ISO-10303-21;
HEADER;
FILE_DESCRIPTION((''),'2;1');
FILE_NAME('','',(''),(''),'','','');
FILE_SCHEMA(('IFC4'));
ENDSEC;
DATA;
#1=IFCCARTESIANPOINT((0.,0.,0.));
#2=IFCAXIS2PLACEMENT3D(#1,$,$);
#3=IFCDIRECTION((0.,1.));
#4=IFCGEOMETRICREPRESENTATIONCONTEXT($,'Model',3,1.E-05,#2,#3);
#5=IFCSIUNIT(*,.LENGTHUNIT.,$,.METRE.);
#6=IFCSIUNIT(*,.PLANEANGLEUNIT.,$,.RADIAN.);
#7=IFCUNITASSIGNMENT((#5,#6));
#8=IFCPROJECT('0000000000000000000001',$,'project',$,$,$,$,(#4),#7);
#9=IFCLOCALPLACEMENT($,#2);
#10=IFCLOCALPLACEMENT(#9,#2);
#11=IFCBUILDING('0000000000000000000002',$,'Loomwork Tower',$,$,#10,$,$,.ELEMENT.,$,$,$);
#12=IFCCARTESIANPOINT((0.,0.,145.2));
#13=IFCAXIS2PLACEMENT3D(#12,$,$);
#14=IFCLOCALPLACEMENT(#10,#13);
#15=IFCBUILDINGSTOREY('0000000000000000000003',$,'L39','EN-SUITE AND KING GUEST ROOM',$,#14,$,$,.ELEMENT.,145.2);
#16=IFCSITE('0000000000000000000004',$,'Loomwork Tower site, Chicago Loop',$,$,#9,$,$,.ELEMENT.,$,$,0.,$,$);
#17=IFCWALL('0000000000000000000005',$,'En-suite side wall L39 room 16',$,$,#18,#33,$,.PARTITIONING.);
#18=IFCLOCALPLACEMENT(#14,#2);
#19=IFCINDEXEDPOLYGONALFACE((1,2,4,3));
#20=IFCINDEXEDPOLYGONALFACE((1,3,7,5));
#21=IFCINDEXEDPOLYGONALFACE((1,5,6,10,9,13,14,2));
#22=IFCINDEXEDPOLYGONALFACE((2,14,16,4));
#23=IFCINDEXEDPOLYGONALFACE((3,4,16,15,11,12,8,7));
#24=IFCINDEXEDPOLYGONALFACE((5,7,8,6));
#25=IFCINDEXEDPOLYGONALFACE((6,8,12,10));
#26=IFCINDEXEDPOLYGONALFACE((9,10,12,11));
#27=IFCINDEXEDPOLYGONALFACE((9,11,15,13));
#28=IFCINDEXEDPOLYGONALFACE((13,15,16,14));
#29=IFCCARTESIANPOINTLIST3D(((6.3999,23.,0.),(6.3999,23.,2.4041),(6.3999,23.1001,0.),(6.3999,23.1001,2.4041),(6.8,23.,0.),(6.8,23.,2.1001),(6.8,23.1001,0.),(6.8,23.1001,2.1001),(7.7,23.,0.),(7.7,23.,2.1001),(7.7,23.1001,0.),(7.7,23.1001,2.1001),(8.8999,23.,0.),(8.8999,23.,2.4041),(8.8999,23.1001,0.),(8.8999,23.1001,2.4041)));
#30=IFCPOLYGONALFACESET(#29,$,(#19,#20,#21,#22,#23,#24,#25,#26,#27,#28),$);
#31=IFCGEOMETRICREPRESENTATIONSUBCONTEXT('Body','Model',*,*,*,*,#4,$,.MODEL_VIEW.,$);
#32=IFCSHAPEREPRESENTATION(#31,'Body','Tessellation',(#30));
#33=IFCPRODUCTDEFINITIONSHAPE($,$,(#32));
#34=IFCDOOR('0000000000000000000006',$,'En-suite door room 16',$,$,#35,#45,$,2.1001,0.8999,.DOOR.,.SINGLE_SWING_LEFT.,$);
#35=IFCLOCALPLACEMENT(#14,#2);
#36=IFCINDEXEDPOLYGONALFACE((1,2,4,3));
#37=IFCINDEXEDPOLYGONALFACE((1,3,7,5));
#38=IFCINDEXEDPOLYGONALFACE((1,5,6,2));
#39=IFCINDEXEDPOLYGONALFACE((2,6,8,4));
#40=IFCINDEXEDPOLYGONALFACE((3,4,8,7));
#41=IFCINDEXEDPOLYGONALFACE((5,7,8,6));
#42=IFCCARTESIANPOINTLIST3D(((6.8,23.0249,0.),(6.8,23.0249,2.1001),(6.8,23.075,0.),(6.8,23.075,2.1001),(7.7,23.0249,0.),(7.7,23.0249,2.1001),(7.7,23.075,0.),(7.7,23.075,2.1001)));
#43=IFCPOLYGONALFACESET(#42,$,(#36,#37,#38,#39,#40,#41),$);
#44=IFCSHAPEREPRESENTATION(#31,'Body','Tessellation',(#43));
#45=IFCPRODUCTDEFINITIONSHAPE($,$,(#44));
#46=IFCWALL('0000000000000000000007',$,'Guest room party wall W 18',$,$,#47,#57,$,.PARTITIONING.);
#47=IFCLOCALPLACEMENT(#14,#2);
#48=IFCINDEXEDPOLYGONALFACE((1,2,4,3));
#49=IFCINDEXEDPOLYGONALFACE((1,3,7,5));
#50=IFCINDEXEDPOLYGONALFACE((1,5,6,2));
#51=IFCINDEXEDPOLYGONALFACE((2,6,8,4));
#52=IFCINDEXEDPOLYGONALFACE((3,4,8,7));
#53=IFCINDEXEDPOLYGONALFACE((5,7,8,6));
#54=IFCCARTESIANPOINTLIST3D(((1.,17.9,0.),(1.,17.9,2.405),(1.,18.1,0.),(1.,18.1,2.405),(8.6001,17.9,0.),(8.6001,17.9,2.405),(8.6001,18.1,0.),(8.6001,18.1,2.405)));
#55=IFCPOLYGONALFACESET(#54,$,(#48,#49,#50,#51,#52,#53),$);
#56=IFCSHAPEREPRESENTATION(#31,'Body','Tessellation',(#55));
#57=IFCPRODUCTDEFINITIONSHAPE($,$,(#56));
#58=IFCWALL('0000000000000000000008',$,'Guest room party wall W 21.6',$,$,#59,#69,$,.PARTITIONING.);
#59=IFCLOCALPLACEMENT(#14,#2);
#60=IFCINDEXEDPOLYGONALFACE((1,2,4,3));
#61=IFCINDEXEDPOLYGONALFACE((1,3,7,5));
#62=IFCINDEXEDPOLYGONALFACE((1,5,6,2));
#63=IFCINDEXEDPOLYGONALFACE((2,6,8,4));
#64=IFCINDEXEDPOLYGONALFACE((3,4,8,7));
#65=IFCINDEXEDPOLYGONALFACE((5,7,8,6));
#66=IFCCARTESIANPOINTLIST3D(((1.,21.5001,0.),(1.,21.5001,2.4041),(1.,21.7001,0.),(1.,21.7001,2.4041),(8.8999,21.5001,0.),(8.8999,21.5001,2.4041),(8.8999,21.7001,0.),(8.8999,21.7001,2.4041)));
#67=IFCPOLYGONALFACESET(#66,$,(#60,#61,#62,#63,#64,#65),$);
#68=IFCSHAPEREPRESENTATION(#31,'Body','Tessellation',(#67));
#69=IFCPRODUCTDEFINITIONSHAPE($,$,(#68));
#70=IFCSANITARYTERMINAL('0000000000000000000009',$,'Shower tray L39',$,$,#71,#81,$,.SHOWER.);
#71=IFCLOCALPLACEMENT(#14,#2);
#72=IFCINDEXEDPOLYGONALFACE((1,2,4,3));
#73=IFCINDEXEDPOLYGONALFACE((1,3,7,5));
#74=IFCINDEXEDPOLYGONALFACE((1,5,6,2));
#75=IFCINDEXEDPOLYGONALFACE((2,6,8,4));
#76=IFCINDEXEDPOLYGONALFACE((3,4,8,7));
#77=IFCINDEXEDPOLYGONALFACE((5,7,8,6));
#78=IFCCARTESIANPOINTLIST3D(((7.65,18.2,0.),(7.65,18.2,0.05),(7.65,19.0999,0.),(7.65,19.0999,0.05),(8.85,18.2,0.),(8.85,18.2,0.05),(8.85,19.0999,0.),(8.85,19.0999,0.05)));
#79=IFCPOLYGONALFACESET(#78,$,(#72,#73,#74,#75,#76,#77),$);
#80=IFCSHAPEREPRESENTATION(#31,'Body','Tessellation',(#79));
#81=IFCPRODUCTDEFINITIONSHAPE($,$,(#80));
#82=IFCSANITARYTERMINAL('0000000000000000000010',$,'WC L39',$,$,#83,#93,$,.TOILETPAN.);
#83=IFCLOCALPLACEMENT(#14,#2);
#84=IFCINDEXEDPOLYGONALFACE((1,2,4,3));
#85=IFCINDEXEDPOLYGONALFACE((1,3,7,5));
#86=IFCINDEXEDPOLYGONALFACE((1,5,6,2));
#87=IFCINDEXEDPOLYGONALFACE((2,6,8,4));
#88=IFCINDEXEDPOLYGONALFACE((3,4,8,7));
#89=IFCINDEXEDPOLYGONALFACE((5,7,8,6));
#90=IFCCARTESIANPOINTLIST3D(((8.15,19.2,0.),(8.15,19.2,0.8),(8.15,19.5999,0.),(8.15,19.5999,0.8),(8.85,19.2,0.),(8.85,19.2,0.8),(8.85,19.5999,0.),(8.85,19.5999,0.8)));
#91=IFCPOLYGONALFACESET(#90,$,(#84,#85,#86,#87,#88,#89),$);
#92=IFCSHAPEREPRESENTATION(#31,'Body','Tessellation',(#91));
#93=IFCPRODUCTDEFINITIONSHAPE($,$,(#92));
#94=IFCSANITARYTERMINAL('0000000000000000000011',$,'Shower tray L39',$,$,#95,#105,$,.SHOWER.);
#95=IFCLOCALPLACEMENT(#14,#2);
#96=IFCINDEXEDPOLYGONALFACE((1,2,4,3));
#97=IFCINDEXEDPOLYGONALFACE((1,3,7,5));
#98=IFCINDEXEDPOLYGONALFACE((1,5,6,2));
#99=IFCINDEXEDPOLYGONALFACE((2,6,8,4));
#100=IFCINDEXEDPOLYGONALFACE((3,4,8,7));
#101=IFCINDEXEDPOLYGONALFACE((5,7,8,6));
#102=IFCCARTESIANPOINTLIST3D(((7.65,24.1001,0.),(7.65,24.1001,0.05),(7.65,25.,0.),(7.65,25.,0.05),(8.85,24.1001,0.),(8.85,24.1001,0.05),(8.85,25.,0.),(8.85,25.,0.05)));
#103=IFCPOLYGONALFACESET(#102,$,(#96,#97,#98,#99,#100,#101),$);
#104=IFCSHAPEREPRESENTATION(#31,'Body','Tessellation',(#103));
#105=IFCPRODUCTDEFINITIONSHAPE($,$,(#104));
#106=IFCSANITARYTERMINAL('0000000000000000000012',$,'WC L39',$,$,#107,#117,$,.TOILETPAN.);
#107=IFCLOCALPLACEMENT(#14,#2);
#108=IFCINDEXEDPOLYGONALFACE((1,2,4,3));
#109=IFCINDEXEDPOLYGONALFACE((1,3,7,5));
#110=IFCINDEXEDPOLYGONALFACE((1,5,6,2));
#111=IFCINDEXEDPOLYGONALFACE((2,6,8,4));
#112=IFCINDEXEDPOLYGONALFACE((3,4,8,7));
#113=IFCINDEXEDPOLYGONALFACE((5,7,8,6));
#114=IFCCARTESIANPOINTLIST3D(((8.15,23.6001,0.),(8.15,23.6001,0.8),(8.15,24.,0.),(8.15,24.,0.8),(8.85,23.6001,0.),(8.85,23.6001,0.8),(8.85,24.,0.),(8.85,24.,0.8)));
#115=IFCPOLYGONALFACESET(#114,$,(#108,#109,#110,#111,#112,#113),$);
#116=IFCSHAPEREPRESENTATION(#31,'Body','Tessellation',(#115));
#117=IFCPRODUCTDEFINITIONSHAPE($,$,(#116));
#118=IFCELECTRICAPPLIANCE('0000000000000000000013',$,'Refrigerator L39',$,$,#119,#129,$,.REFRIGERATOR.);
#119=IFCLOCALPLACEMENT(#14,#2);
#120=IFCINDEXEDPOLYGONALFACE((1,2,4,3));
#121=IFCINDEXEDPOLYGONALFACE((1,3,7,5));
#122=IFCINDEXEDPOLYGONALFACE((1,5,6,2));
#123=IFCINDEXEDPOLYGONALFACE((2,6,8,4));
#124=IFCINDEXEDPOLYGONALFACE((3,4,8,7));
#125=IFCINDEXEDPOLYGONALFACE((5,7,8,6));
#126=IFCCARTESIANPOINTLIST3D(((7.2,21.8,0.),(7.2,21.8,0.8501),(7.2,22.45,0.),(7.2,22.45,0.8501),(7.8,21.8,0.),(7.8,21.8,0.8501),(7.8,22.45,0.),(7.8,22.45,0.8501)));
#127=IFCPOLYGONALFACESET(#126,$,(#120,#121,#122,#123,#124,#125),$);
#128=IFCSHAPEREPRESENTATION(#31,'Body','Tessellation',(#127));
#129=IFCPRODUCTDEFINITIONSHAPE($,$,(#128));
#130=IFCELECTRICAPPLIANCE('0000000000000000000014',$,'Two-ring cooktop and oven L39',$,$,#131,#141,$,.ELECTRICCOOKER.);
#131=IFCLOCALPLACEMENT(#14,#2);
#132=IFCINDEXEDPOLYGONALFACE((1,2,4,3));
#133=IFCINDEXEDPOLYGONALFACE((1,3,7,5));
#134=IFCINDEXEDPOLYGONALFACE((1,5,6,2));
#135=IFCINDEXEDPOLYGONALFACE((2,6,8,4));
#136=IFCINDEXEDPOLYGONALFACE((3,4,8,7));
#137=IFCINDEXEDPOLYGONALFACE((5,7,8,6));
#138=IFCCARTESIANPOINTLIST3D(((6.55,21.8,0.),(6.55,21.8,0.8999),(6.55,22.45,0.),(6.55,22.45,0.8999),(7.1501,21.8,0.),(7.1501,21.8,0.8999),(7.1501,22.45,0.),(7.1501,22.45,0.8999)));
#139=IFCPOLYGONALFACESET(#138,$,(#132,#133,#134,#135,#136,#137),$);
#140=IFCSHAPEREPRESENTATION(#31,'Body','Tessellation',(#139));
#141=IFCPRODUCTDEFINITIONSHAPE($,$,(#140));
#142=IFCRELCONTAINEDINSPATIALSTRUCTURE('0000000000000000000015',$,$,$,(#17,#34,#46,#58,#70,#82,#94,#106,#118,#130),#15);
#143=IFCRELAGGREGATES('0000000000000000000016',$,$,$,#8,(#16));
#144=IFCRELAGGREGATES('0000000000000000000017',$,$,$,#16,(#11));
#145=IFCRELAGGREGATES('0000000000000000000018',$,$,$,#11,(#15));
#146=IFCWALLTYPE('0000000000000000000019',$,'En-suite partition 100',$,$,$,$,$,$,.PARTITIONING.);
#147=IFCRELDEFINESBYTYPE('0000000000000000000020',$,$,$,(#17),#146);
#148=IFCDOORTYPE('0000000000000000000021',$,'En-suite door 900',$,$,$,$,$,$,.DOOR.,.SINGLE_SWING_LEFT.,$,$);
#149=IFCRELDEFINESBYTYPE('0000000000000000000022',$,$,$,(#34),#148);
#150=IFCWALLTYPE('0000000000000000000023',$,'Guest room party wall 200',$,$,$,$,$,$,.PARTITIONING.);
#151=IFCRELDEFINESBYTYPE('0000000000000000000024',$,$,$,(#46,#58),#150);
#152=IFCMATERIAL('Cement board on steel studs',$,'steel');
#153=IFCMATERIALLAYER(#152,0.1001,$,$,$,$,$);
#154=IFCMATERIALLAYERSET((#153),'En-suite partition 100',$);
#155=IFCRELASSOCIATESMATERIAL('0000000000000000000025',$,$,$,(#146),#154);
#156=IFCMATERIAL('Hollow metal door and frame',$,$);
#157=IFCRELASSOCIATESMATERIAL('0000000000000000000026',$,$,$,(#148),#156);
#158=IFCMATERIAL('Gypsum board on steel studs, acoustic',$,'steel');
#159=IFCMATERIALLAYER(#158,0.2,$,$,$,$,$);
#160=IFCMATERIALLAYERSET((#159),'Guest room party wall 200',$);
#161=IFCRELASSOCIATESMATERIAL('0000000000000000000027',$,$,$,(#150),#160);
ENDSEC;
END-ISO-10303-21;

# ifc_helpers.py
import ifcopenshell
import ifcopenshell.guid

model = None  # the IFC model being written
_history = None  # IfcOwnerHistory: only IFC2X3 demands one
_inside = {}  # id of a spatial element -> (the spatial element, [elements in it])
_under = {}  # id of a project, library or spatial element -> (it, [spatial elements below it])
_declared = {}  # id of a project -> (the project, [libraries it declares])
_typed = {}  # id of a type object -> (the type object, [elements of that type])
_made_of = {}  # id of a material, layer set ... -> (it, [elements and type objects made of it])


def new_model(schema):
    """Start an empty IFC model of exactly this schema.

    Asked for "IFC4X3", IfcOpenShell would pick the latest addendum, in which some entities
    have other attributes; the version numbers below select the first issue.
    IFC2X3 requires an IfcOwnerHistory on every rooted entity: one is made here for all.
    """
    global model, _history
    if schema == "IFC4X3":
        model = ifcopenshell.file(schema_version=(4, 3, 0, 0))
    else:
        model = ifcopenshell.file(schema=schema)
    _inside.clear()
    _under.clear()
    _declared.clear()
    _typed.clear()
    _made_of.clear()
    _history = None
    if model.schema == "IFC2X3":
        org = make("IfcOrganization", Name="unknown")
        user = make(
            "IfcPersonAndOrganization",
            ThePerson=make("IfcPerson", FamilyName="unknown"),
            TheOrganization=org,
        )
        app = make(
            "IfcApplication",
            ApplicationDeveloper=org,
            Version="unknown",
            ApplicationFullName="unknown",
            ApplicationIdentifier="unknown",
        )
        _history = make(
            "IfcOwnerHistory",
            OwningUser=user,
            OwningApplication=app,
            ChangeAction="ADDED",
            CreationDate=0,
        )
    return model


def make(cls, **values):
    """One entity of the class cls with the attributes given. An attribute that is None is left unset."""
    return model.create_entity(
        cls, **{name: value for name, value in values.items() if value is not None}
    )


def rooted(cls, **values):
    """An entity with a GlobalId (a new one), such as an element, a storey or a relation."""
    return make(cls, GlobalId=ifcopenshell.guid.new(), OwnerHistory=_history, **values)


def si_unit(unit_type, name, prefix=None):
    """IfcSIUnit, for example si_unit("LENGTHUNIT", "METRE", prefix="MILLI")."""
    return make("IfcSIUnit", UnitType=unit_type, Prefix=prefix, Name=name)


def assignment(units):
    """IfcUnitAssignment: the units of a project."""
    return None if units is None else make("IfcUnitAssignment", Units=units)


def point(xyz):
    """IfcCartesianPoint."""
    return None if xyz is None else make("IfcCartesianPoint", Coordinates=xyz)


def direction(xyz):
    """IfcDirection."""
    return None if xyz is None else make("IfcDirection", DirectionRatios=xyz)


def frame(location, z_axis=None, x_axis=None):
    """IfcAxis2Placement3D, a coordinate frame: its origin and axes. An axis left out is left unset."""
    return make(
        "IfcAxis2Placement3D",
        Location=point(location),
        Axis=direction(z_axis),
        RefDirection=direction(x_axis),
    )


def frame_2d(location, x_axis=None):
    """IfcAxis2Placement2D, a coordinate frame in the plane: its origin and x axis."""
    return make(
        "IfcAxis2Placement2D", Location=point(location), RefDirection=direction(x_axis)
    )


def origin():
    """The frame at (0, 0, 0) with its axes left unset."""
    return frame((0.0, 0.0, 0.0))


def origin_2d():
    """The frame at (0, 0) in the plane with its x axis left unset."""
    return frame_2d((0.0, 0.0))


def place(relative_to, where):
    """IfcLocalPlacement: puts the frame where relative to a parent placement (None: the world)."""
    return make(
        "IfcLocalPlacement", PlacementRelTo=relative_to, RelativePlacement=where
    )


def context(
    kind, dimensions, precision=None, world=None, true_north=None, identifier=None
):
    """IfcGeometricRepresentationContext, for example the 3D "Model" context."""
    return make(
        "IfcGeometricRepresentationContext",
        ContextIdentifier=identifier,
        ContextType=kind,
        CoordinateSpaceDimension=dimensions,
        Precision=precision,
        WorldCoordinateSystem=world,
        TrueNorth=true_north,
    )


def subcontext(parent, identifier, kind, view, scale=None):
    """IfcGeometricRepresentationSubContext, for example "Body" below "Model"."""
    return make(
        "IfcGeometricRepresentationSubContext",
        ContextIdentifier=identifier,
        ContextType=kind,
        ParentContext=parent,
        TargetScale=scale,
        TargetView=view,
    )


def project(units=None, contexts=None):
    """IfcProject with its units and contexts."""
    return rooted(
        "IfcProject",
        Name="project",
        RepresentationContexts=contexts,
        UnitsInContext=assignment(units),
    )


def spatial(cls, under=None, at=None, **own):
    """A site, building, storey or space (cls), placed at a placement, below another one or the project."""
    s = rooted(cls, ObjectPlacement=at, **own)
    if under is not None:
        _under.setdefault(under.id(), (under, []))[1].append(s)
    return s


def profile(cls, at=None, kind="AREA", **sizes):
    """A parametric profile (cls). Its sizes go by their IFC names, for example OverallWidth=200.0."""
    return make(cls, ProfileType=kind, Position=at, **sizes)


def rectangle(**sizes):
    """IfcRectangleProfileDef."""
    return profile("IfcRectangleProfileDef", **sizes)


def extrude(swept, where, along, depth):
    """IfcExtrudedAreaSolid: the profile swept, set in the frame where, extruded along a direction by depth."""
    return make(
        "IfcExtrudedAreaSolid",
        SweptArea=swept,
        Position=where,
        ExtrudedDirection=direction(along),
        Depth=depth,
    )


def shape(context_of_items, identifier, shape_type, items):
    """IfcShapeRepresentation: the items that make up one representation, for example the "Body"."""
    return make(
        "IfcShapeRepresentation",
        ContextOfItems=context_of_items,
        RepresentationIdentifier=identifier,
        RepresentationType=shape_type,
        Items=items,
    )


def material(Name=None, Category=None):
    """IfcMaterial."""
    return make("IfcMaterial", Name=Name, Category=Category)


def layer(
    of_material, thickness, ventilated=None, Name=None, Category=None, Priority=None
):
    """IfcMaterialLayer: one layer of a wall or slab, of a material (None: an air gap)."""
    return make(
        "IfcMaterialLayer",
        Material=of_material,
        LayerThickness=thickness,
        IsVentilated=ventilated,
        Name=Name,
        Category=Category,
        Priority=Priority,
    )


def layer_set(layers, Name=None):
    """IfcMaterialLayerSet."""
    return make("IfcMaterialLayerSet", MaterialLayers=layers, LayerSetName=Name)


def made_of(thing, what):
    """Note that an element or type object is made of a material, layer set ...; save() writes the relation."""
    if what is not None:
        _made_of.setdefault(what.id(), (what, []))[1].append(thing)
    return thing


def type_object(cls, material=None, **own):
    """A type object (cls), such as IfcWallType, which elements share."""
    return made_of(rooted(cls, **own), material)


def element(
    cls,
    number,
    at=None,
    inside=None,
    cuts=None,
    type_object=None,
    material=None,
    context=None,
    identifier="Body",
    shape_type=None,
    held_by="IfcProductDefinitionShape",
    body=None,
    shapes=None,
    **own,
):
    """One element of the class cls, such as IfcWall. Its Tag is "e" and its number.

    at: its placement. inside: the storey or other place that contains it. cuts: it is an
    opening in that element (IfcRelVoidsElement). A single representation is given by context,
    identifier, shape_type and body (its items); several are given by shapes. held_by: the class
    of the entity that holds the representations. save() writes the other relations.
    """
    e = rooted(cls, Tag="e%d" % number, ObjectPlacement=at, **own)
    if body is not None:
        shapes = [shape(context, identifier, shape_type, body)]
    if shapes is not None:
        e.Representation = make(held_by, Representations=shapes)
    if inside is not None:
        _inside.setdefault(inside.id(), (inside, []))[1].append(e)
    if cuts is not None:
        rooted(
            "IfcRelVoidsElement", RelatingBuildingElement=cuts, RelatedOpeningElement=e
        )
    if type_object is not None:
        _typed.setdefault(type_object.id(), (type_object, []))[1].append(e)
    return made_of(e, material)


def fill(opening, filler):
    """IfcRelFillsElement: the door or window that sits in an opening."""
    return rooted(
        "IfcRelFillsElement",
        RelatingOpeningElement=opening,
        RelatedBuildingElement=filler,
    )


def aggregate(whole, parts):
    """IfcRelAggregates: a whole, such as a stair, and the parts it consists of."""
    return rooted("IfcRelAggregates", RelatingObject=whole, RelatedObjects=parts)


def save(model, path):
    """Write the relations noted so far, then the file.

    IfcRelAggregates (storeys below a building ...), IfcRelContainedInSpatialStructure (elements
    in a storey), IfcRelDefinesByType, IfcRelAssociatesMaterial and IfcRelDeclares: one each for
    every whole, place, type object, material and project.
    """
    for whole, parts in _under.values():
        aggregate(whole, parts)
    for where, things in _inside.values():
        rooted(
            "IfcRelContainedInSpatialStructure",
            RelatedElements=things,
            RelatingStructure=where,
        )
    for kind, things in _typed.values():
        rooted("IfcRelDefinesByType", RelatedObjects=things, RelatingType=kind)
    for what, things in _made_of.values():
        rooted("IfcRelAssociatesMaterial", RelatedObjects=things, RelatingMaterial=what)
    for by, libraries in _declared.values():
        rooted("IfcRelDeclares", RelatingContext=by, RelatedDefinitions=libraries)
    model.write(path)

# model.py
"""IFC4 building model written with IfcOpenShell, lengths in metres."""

from ifc_helpers import new_model, si_unit, direction, frame, frame_2d, origin, origin_2d, place, context, subcontext, project, spatial, rectangle, extrude, material, layer, layer_set, type_object, element, fill, save


model = new_model("IFC4")

# Units and contexts
model_context = context("Model", 3, precision=1e-05, world=origin(), true_north=direction((0.0, 1.0)))
body_context = subcontext(model_context, "Body", "Model", "MODEL_VIEW")
ifc_project = project(units=[si_unit("LENGTHUNIT", "METRE"), si_unit("PLANEANGLEUNIT", "RADIAN")], contexts=[model_context])

# Site, building, storey
site_placement = place(None, origin())
site = spatial("IfcSite", under=ifc_project, at=site_placement, Name="Loomwork Tower site, Chicago Loop", CompositionType="ELEMENT", RefElevation=0.0)
building_placement = place(site_placement, origin())
building = spatial("IfcBuilding", under=site, at=building_placement, Name="Loomwork Tower", CompositionType="ELEMENT")
storey_placement = place(building_placement, frame((0.0, 0.0, 145.2)))
storey = spatial("IfcBuildingStorey", under=building, at=storey_placement, Name="L39", Description="EN-SUITE AND KING GUEST ROOM", CompositionType="ELEMENT", Elevation=145.2)

# Wall, opening, door
ifc_material_1 = material(Name="Cement board on steel studs", Category="steel")
ifc_layer_1 = layer(ifc_material_1, 0.1001)
ifc_layer_set_1 = layer_set([ifc_layer_1], Name="En-suite partition 100")
wall_type_1 = type_object("IfcWallType", Name="En-suite partition 100", PredefinedType="PARTITIONING", material=ifc_layer_set_1)
ifc_material_2 = material(Name="Hollow metal door and frame")
door_type_1 = type_object("IfcDoorType", Name="En-suite door 900", OperationType="SINGLE_SWING_LEFT", PredefinedType="DOOR", material=ifc_material_2)
wall_1_placement = place(storey_placement, frame((8.8999, 23.05, 0.0), z_axis=(0.0, 0.0, 1.0), x_axis=(-1.0, 0.0, 0.0)))
wall_1 = element("IfcWall", 1, at=wall_1_placement, inside=storey, type_object=wall_type_1, Name="En-suite side wall L39 room 16", PredefinedType="PARTITIONING", context=body_context, shape_type="SweptSolid", body=[
    extrude(rectangle(XDim=2.5, YDim=0.1001, at=frame_2d((1.25, 0.0))), origin(), (0.0, 0.0, 1.0), 2.4041),
])
opening_1_placement = place(wall_1_placement, frame((1.2, 0.0, 0.0)))
opening_1 = element("IfcOpeningElement", 2, at=opening_1_placement, cuts=wall_1, PredefinedType="OPENING", context=body_context, shape_type="SweptSolid", body=[
    extrude(rectangle(XDim=0.8999, YDim=2.1001, at=frame_2d((0.45, 1.05))), frame((0.0, 0.0601, 0.0), z_axis=(0.0, -1.0, 0.0), x_axis=(1.0, 0.0, 0.0)), (0.0, 0.0, 1.0), 0.1201),
])
door_1_placement = place(opening_1_placement, frame((0.8999, 0.0, 0.0), z_axis=(0.0, 0.0, 1.0), x_axis=(-1.0, 0.0, 0.0)))
door_1 = element("IfcDoor", 3, at=door_1_placement, inside=storey, type_object=door_type_1, Name="En-suite door room 16", OperationType="SINGLE_SWING_LEFT", OverallHeight=2.1001, OverallWidth=0.8999, PredefinedType="DOOR", context=body_context, shape_type="SweptSolid", body=[
    extrude(rectangle(XDim=0.8999, YDim=2.1001, at=frame_2d((0.45, 1.05))), frame((0.0, 0.0249, 0.0), z_axis=(0.0, -1.0, 0.0), x_axis=(1.0, 0.0, 0.0)), (0.0, 0.0, 1.0), 0.05),
])
fill(opening_1, door_1)

# Walls
ifc_material_3 = material(Name="Gypsum board on steel studs, acoustic", Category="steel")
ifc_layer_2 = layer(ifc_material_3, 0.2)
ifc_layer_set_2 = layer_set([ifc_layer_2], Name="Guest room party wall 200")
wall_type_2 = type_object("IfcWallType", Name="Guest room party wall 200", PredefinedType="PARTITIONING", material=ifc_layer_set_2)
wall_2_placement = place(storey_placement, frame((8.6001, 18.0, 0.0), z_axis=(0.0, 0.0, 1.0), x_axis=(-1.0, 0.0, 0.0)))
element("IfcWall", 4, at=wall_2_placement, inside=storey, type_object=wall_type_2, Name="Guest room party wall W 18", PredefinedType="PARTITIONING", context=body_context, shape_type="SweptSolid", body=[
    extrude(rectangle(XDim=7.6001, YDim=0.2, at=frame_2d((3.8, 0.0))), origin(), (0.0, 0.0, 1.0), 2.405),
])
wall_3_placement = place(storey_placement, frame((8.8999, 21.6001, 0.0), z_axis=(0.0, 0.0, 1.0), x_axis=(-1.0, 0.0, 0.0)))
element("IfcWall", 5, at=wall_3_placement, inside=storey, type_object=wall_type_2, Name="Guest room party wall W 21.6", PredefinedType="PARTITIONING", context=body_context, shape_type="SweptSolid", body=[
    extrude(rectangle(XDim=7.8999, YDim=0.2, at=frame_2d((3.95, 0.0))), origin(), (0.0, 0.0, 1.0), 2.4041),
])

# Sanitary terminals
sanitary_terminal_1_placement = place(storey_placement, frame((8.25, 18.6499, 0.0), z_axis=(0.0, 0.0, 1.0), x_axis=(1.0, 0.0, 0.0)))
element("IfcSanitaryTerminal", 6, at=sanitary_terminal_1_placement, inside=storey, Name="Shower tray L39", PredefinedType="SHOWER", context=body_context, shape_type="SweptSolid", body=[
    extrude(rectangle(XDim=1.2, YDim=0.8999, at=origin_2d()), origin(), (0.0, 0.0, 1.0), 0.05),
])
sanitary_terminal_2_placement = place(storey_placement, frame((8.5, 19.3999, 0.0), z_axis=(0.0, 0.0, 1.0), x_axis=(1.0, 0.0, 0.0)))
element("IfcSanitaryTerminal", 7, at=sanitary_terminal_2_placement, inside=storey, Name="WC L39", PredefinedType="TOILETPAN", context=body_context, shape_type="SweptSolid", body=[
    extrude(rectangle(XDim=0.7, YDim=0.3999, at=origin_2d()), origin(), (0.0, 0.0, 1.0), 0.8),
])
sanitary_terminal_3_placement = place(storey_placement, frame((8.25, 24.55, 0.0), z_axis=(0.0, 0.0, 1.0), x_axis=(1.0, 0.0, 0.0)))
element("IfcSanitaryTerminal", 8, at=sanitary_terminal_3_placement, inside=storey, Name="Shower tray L39", PredefinedType="SHOWER", context=body_context, shape_type="SweptSolid", body=[
    extrude(rectangle(XDim=1.2, YDim=0.8999, at=origin_2d()), origin(), (0.0, 0.0, 1.0), 0.05),
])
sanitary_terminal_4_placement = place(storey_placement, frame((8.5, 23.8, 0.0), z_axis=(0.0, 0.0, 1.0), x_axis=(1.0, 0.0, 0.0)))
element("IfcSanitaryTerminal", 9, at=sanitary_terminal_4_placement, inside=storey, Name="WC L39", PredefinedType="TOILETPAN", context=body_context, shape_type="SweptSolid", body=[
    extrude(rectangle(XDim=0.7, YDim=0.3999, at=origin_2d()), origin(), (0.0, 0.0, 1.0), 0.8),
])

# Electric appliances
electric_appliance_1_placement = place(storey_placement, frame((7.5, 22.125, 0.0), z_axis=(0.0, 0.0, 1.0), x_axis=(1.0, 0.0, 0.0)))
element("IfcElectricAppliance", 10, at=electric_appliance_1_placement, inside=storey, Name="Refrigerator L39", PredefinedType="REFRIGERATOR", context=body_context, shape_type="SweptSolid", body=[
    extrude(rectangle(XDim=0.6001, YDim=0.6499, at=origin_2d()), origin(), (0.0, 0.0, 1.0), 0.8501),
])
electric_appliance_2_placement = place(storey_placement, frame((6.8501, 22.125, 0.0), z_axis=(0.0, 0.0, 1.0), x_axis=(1.0, 0.0, 0.0)))
element("IfcElectricAppliance", 11, at=electric_appliance_2_placement, inside=storey, Name="Two-ring cooktop and oven L39", PredefinedType="ELECTRICCOOKER", context=body_context, shape_type="SweptSolid", body=[
    extrude(rectangle(XDim=0.6001, YDim=0.6499, at=origin_2d()), origin(), (0.0, 0.0, 1.0), 0.8999),
])

save(model, "model.ifc")
